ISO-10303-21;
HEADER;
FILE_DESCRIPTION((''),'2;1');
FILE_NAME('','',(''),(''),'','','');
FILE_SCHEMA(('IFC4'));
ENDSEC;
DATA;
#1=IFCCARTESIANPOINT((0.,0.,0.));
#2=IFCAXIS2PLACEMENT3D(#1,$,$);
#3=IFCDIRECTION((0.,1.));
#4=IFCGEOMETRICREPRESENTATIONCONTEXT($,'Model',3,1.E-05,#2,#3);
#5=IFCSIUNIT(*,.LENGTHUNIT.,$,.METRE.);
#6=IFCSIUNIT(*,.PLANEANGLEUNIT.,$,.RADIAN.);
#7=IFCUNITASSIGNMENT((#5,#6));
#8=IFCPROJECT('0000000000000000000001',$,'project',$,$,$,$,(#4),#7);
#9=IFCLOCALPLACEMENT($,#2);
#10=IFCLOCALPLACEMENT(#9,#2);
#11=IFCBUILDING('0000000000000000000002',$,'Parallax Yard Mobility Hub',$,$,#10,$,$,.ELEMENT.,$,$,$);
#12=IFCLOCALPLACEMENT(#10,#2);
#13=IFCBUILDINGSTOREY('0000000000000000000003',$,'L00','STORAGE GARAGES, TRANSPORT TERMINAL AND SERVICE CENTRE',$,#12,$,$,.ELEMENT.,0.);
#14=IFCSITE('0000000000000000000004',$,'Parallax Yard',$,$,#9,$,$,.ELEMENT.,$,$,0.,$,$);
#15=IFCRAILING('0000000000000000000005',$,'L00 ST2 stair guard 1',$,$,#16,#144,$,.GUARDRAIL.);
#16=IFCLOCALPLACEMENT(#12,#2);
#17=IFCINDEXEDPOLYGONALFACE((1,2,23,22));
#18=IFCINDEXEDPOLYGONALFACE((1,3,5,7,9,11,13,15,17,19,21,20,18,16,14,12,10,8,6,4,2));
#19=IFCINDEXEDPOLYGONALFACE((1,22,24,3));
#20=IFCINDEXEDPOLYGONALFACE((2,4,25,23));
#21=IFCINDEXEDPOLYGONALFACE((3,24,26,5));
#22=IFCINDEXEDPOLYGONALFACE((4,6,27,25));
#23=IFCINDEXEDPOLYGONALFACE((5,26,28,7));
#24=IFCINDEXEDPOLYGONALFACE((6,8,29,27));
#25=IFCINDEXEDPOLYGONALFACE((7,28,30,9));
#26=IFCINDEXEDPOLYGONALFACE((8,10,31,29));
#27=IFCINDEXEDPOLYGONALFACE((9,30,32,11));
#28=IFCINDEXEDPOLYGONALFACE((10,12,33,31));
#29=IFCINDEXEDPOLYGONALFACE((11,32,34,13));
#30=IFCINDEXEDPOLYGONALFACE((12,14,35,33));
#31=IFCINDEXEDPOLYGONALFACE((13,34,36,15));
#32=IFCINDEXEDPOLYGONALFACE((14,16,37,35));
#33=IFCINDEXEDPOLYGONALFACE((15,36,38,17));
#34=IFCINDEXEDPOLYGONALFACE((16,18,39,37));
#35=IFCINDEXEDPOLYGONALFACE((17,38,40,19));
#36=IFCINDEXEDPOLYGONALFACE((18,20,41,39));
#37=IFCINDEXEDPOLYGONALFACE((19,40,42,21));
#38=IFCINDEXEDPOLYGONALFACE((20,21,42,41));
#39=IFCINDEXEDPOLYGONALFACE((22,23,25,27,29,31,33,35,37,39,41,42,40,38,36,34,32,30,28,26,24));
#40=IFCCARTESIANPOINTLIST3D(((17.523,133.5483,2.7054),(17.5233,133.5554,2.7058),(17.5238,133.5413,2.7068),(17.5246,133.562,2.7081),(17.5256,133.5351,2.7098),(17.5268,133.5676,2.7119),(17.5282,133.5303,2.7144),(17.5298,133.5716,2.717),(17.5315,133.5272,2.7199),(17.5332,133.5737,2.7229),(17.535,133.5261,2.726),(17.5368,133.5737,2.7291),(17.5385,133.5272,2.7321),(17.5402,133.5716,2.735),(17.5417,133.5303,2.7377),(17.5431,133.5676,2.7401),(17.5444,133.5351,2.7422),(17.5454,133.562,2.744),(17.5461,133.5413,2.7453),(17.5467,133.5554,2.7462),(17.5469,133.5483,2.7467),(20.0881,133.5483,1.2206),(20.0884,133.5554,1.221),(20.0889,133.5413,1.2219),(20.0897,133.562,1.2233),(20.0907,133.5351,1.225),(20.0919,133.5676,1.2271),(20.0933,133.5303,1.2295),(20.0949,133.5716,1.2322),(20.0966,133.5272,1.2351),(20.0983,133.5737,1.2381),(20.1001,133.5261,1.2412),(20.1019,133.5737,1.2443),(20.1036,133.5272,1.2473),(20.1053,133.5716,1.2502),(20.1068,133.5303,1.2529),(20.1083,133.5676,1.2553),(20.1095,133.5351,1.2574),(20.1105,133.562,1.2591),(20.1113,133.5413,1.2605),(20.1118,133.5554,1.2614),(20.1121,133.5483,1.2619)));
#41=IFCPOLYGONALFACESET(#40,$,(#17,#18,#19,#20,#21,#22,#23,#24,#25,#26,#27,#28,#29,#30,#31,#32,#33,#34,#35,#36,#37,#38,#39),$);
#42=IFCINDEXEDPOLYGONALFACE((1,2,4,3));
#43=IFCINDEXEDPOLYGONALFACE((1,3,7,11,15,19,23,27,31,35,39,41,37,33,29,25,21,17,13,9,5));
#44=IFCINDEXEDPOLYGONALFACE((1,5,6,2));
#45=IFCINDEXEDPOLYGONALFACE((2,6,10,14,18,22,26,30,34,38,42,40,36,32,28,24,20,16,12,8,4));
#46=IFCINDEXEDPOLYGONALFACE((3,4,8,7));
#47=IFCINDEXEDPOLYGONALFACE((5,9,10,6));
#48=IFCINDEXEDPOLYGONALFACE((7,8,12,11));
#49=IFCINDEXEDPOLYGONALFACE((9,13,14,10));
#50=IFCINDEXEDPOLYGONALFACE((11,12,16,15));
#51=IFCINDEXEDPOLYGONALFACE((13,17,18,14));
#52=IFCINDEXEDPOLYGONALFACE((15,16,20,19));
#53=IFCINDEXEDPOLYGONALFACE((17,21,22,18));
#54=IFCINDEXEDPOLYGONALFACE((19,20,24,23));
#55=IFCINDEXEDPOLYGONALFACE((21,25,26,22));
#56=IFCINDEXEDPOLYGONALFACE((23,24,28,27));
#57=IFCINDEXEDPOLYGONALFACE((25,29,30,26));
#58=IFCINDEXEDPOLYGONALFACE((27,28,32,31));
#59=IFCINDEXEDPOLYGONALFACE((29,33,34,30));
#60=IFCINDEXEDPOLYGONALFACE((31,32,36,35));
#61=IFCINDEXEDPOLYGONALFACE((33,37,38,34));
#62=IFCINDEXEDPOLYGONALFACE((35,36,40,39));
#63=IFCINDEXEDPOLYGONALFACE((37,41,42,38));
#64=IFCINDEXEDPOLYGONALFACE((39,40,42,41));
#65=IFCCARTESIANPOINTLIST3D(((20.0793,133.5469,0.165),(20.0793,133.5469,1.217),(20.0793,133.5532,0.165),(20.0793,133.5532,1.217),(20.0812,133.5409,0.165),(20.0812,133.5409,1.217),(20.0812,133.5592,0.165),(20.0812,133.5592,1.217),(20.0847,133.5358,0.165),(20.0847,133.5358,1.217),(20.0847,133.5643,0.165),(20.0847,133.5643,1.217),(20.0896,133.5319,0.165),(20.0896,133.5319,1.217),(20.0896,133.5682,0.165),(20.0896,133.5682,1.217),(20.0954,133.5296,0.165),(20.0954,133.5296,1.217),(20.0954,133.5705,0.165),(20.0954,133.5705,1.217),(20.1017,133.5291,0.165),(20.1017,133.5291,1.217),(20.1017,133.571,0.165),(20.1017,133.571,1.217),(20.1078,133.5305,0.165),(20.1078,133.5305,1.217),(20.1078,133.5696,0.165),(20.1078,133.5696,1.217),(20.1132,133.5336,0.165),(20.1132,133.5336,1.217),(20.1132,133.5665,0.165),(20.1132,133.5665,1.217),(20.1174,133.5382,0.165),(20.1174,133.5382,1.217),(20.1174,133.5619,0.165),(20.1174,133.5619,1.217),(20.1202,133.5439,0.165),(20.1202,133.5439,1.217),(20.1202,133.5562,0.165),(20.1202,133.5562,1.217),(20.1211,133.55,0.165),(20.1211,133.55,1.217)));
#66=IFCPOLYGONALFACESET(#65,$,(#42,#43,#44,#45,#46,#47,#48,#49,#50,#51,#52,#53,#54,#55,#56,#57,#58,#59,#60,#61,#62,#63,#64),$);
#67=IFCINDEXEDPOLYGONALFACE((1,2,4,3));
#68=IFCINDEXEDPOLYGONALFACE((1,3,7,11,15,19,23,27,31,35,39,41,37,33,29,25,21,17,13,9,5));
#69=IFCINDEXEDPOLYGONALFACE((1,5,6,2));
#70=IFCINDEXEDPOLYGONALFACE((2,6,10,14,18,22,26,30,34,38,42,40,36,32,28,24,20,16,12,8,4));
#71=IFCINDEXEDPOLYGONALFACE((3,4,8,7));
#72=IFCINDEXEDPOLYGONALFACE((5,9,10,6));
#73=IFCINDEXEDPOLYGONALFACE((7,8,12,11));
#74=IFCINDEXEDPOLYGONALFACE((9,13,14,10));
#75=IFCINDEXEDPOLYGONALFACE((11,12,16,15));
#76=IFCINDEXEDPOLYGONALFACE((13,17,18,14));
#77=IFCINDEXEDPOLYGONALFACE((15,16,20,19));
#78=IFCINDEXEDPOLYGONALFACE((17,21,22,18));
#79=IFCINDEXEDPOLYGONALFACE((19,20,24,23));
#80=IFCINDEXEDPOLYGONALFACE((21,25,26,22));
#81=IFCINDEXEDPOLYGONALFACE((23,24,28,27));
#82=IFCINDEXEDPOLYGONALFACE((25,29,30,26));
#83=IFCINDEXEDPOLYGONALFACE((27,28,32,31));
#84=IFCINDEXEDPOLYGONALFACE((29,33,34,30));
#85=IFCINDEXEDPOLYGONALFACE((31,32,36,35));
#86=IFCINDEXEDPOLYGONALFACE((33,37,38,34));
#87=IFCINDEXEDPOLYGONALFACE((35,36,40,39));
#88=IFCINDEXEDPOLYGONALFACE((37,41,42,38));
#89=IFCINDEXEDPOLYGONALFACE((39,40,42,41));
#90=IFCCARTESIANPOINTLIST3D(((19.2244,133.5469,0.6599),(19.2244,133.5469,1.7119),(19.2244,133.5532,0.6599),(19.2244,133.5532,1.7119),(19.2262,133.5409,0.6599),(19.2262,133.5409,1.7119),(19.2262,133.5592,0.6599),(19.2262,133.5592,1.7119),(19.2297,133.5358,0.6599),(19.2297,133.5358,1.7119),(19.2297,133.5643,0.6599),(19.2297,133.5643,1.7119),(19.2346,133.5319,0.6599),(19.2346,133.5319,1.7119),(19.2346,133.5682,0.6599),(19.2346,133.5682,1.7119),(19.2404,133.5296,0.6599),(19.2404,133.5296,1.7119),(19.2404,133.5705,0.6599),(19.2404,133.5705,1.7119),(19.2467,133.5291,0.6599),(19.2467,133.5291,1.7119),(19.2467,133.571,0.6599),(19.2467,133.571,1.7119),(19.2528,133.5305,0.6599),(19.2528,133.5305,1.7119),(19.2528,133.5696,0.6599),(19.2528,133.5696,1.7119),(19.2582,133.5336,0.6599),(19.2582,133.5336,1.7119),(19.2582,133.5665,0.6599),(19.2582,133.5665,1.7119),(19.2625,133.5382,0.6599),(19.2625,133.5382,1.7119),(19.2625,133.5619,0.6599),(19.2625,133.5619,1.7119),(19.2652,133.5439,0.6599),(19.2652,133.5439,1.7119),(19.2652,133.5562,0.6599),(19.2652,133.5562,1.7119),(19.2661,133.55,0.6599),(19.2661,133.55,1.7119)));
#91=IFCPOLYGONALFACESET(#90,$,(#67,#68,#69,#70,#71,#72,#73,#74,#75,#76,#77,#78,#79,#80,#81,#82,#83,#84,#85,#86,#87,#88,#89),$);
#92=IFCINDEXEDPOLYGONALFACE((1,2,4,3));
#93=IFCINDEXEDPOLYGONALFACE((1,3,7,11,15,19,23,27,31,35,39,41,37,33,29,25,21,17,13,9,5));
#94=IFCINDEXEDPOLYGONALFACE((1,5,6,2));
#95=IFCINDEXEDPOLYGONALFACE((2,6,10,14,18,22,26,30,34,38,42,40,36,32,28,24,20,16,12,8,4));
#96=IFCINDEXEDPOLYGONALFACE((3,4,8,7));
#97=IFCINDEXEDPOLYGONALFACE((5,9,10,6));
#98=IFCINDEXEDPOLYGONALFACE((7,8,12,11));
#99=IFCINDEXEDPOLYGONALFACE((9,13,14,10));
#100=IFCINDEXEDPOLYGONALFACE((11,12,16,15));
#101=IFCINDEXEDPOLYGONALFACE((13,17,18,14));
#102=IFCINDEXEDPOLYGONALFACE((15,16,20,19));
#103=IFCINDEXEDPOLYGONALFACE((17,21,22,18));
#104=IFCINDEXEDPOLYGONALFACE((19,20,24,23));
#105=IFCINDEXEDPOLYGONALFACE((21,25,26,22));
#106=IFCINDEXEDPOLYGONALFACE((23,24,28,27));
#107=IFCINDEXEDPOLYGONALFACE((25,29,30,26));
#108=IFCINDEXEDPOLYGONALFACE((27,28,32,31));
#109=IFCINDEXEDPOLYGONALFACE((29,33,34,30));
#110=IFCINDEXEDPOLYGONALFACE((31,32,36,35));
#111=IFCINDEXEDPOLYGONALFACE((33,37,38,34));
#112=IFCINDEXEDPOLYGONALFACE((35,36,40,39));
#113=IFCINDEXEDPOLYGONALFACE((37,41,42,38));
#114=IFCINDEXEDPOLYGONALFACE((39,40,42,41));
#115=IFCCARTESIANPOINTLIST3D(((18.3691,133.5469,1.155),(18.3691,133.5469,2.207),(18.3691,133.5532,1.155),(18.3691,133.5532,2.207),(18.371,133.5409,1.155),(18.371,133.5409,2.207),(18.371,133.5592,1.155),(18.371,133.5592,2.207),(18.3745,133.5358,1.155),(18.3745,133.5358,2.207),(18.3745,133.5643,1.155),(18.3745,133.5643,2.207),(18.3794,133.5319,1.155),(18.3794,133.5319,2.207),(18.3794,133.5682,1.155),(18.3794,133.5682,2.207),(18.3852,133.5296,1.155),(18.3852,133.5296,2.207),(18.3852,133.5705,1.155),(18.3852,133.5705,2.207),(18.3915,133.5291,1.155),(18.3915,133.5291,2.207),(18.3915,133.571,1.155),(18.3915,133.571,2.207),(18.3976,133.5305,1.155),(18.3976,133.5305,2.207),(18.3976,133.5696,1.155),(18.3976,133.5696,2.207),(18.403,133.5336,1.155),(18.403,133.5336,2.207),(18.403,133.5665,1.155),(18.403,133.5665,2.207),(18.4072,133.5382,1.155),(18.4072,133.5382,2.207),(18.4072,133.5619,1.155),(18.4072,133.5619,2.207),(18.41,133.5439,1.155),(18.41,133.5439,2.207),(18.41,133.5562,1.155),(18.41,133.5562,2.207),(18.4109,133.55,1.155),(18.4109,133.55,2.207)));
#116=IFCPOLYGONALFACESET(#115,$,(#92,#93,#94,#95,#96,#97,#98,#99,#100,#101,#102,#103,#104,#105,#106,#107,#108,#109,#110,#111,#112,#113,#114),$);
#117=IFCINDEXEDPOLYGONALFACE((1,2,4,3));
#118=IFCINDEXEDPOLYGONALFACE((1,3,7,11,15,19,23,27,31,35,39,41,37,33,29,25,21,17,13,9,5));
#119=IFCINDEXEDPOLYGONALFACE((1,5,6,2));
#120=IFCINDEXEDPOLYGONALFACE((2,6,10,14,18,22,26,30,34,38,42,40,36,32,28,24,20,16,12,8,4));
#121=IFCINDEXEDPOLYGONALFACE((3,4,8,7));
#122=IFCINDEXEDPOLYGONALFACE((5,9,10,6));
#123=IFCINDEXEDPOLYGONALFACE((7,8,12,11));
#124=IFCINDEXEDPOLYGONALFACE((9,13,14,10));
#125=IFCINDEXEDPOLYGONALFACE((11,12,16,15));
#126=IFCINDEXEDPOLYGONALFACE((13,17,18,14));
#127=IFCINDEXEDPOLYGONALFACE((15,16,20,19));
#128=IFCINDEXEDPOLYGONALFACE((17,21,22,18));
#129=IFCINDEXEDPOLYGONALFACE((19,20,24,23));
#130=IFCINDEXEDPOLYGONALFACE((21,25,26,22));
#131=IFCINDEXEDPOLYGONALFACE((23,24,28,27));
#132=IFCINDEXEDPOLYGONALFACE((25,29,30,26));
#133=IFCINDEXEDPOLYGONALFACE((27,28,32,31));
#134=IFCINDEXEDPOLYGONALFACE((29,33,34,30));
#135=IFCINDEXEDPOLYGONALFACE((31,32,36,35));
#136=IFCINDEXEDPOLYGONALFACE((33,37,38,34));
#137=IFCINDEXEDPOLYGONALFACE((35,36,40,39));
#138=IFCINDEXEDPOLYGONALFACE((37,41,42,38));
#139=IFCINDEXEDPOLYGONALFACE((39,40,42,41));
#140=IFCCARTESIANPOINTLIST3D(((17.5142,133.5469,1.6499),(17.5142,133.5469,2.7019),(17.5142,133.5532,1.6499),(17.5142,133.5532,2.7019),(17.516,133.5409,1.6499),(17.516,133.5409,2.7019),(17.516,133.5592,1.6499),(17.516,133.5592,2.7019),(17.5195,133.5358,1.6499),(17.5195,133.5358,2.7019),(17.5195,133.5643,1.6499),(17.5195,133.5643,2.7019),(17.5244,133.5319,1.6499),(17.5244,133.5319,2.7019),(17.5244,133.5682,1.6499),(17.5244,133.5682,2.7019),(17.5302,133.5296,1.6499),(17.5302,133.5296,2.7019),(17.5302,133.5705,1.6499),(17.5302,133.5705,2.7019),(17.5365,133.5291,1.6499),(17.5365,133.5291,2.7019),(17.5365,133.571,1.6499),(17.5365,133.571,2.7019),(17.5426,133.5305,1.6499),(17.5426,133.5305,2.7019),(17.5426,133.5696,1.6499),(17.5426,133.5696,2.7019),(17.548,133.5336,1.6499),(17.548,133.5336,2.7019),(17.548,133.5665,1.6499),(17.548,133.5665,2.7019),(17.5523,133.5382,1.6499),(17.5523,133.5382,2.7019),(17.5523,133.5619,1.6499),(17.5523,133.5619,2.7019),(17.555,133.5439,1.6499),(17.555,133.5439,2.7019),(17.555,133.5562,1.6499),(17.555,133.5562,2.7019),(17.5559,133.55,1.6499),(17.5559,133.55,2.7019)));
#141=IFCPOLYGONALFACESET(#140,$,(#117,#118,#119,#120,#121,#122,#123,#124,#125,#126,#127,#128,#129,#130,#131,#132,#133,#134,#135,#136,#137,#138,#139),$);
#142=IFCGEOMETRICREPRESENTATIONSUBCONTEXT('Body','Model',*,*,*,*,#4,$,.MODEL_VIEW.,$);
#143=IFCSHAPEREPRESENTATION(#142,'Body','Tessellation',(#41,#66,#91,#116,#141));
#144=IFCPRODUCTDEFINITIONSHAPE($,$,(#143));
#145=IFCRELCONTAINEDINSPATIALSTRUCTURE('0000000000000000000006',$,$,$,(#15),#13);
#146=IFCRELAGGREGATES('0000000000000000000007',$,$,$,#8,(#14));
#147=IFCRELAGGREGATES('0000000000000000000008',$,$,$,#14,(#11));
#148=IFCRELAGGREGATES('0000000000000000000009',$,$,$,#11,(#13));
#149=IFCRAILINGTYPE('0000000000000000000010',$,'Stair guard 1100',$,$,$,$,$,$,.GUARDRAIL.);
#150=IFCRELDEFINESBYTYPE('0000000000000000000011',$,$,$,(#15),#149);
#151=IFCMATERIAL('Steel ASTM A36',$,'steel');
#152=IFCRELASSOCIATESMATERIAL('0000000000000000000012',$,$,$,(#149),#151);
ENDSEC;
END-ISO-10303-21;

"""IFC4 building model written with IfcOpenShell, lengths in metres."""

from ifc_helpers import new_model, si_unit, direction, frame, origin, origin_2d, place, context, subcontext, project, spatial, circle, extrude, material, type_object, element, save


model = new_model("IFC4")

# Units and contexts
model_context = context("Model", 3, precision=1e-05, world=origin(), true_north=direction((0.0, 1.0)))
body_context = subcontext(model_context, "Body", "Model", "MODEL_VIEW")
ifc_project = project(units=[si_unit("LENGTHUNIT", "METRE"), si_unit("PLANEANGLEUNIT", "RADIAN")], contexts=[model_context])

# Site, building, storey
site_placement = place(None, origin())
site = spatial("IfcSite", under=ifc_project, at=site_placement, Name="Parallax Yard", CompositionType="ELEMENT", RefElevation=0.0)
building_placement = place(site_placement, origin())
building = spatial("IfcBuilding", under=site, at=building_placement, Name="Parallax Yard Mobility Hub", CompositionType="ELEMENT")
storey_placement = place(building_placement, origin())
storey = spatial("IfcBuildingStorey", under=building, at=storey_placement, Name="L00", Description="STORAGE GARAGES, TRANSPORT TERMINAL AND SERVICE CENTRE", CompositionType="ELEMENT", Elevation=0.0)

# Railing
ifc_material_1 = material(Name="Steel ASTM A36", Category="steel")
railing_type_1 = type_object("IfcRailingType", Name="Stair guard 1100", PredefinedType="GUARDRAIL", material=ifc_material_1)
railing_1_placement = place(storey_placement, frame((20.1001, 133.55, 0.165)))
element("IfcRailing", 1, at=railing_1_placement, inside=storey, type_object=railing_type_1, Name="L00 ST2 stair guard 1", PredefinedType="GUARDRAIL", context=body_context, shape_type="SweptSolid", body=[
    extrude(circle(Radius=0.0239, at=origin_2d()), frame((0.0, 0.0, 1.0762), z_axis=(-0.865462, 0.0, 0.500975), x_axis=(0.0, -1.0, 0.0)), (0.0, 0.0, 1.0), 2.9639),
    extrude(circle(Radius=0.021, at=origin_2d()), origin(), (0.0, 0.0, 1.0), 1.052),
    extrude(circle(Radius=0.021, at=origin_2d()), frame((-0.855, 0.0, 0.4949)), (0.0, 0.0, 1.0), 1.052),
    extrude(circle(Radius=0.021, at=origin_2d()), frame((-1.7102, 0.0, 0.99)), (0.0, 0.0, 1.0), 1.052),
    extrude(circle(Radius=0.021, at=origin_2d()), frame((-2.5652, 0.0, 1.4849)), (0.0, 0.0, 1.0), 1.052),
])

save(model, "model.ifc")
